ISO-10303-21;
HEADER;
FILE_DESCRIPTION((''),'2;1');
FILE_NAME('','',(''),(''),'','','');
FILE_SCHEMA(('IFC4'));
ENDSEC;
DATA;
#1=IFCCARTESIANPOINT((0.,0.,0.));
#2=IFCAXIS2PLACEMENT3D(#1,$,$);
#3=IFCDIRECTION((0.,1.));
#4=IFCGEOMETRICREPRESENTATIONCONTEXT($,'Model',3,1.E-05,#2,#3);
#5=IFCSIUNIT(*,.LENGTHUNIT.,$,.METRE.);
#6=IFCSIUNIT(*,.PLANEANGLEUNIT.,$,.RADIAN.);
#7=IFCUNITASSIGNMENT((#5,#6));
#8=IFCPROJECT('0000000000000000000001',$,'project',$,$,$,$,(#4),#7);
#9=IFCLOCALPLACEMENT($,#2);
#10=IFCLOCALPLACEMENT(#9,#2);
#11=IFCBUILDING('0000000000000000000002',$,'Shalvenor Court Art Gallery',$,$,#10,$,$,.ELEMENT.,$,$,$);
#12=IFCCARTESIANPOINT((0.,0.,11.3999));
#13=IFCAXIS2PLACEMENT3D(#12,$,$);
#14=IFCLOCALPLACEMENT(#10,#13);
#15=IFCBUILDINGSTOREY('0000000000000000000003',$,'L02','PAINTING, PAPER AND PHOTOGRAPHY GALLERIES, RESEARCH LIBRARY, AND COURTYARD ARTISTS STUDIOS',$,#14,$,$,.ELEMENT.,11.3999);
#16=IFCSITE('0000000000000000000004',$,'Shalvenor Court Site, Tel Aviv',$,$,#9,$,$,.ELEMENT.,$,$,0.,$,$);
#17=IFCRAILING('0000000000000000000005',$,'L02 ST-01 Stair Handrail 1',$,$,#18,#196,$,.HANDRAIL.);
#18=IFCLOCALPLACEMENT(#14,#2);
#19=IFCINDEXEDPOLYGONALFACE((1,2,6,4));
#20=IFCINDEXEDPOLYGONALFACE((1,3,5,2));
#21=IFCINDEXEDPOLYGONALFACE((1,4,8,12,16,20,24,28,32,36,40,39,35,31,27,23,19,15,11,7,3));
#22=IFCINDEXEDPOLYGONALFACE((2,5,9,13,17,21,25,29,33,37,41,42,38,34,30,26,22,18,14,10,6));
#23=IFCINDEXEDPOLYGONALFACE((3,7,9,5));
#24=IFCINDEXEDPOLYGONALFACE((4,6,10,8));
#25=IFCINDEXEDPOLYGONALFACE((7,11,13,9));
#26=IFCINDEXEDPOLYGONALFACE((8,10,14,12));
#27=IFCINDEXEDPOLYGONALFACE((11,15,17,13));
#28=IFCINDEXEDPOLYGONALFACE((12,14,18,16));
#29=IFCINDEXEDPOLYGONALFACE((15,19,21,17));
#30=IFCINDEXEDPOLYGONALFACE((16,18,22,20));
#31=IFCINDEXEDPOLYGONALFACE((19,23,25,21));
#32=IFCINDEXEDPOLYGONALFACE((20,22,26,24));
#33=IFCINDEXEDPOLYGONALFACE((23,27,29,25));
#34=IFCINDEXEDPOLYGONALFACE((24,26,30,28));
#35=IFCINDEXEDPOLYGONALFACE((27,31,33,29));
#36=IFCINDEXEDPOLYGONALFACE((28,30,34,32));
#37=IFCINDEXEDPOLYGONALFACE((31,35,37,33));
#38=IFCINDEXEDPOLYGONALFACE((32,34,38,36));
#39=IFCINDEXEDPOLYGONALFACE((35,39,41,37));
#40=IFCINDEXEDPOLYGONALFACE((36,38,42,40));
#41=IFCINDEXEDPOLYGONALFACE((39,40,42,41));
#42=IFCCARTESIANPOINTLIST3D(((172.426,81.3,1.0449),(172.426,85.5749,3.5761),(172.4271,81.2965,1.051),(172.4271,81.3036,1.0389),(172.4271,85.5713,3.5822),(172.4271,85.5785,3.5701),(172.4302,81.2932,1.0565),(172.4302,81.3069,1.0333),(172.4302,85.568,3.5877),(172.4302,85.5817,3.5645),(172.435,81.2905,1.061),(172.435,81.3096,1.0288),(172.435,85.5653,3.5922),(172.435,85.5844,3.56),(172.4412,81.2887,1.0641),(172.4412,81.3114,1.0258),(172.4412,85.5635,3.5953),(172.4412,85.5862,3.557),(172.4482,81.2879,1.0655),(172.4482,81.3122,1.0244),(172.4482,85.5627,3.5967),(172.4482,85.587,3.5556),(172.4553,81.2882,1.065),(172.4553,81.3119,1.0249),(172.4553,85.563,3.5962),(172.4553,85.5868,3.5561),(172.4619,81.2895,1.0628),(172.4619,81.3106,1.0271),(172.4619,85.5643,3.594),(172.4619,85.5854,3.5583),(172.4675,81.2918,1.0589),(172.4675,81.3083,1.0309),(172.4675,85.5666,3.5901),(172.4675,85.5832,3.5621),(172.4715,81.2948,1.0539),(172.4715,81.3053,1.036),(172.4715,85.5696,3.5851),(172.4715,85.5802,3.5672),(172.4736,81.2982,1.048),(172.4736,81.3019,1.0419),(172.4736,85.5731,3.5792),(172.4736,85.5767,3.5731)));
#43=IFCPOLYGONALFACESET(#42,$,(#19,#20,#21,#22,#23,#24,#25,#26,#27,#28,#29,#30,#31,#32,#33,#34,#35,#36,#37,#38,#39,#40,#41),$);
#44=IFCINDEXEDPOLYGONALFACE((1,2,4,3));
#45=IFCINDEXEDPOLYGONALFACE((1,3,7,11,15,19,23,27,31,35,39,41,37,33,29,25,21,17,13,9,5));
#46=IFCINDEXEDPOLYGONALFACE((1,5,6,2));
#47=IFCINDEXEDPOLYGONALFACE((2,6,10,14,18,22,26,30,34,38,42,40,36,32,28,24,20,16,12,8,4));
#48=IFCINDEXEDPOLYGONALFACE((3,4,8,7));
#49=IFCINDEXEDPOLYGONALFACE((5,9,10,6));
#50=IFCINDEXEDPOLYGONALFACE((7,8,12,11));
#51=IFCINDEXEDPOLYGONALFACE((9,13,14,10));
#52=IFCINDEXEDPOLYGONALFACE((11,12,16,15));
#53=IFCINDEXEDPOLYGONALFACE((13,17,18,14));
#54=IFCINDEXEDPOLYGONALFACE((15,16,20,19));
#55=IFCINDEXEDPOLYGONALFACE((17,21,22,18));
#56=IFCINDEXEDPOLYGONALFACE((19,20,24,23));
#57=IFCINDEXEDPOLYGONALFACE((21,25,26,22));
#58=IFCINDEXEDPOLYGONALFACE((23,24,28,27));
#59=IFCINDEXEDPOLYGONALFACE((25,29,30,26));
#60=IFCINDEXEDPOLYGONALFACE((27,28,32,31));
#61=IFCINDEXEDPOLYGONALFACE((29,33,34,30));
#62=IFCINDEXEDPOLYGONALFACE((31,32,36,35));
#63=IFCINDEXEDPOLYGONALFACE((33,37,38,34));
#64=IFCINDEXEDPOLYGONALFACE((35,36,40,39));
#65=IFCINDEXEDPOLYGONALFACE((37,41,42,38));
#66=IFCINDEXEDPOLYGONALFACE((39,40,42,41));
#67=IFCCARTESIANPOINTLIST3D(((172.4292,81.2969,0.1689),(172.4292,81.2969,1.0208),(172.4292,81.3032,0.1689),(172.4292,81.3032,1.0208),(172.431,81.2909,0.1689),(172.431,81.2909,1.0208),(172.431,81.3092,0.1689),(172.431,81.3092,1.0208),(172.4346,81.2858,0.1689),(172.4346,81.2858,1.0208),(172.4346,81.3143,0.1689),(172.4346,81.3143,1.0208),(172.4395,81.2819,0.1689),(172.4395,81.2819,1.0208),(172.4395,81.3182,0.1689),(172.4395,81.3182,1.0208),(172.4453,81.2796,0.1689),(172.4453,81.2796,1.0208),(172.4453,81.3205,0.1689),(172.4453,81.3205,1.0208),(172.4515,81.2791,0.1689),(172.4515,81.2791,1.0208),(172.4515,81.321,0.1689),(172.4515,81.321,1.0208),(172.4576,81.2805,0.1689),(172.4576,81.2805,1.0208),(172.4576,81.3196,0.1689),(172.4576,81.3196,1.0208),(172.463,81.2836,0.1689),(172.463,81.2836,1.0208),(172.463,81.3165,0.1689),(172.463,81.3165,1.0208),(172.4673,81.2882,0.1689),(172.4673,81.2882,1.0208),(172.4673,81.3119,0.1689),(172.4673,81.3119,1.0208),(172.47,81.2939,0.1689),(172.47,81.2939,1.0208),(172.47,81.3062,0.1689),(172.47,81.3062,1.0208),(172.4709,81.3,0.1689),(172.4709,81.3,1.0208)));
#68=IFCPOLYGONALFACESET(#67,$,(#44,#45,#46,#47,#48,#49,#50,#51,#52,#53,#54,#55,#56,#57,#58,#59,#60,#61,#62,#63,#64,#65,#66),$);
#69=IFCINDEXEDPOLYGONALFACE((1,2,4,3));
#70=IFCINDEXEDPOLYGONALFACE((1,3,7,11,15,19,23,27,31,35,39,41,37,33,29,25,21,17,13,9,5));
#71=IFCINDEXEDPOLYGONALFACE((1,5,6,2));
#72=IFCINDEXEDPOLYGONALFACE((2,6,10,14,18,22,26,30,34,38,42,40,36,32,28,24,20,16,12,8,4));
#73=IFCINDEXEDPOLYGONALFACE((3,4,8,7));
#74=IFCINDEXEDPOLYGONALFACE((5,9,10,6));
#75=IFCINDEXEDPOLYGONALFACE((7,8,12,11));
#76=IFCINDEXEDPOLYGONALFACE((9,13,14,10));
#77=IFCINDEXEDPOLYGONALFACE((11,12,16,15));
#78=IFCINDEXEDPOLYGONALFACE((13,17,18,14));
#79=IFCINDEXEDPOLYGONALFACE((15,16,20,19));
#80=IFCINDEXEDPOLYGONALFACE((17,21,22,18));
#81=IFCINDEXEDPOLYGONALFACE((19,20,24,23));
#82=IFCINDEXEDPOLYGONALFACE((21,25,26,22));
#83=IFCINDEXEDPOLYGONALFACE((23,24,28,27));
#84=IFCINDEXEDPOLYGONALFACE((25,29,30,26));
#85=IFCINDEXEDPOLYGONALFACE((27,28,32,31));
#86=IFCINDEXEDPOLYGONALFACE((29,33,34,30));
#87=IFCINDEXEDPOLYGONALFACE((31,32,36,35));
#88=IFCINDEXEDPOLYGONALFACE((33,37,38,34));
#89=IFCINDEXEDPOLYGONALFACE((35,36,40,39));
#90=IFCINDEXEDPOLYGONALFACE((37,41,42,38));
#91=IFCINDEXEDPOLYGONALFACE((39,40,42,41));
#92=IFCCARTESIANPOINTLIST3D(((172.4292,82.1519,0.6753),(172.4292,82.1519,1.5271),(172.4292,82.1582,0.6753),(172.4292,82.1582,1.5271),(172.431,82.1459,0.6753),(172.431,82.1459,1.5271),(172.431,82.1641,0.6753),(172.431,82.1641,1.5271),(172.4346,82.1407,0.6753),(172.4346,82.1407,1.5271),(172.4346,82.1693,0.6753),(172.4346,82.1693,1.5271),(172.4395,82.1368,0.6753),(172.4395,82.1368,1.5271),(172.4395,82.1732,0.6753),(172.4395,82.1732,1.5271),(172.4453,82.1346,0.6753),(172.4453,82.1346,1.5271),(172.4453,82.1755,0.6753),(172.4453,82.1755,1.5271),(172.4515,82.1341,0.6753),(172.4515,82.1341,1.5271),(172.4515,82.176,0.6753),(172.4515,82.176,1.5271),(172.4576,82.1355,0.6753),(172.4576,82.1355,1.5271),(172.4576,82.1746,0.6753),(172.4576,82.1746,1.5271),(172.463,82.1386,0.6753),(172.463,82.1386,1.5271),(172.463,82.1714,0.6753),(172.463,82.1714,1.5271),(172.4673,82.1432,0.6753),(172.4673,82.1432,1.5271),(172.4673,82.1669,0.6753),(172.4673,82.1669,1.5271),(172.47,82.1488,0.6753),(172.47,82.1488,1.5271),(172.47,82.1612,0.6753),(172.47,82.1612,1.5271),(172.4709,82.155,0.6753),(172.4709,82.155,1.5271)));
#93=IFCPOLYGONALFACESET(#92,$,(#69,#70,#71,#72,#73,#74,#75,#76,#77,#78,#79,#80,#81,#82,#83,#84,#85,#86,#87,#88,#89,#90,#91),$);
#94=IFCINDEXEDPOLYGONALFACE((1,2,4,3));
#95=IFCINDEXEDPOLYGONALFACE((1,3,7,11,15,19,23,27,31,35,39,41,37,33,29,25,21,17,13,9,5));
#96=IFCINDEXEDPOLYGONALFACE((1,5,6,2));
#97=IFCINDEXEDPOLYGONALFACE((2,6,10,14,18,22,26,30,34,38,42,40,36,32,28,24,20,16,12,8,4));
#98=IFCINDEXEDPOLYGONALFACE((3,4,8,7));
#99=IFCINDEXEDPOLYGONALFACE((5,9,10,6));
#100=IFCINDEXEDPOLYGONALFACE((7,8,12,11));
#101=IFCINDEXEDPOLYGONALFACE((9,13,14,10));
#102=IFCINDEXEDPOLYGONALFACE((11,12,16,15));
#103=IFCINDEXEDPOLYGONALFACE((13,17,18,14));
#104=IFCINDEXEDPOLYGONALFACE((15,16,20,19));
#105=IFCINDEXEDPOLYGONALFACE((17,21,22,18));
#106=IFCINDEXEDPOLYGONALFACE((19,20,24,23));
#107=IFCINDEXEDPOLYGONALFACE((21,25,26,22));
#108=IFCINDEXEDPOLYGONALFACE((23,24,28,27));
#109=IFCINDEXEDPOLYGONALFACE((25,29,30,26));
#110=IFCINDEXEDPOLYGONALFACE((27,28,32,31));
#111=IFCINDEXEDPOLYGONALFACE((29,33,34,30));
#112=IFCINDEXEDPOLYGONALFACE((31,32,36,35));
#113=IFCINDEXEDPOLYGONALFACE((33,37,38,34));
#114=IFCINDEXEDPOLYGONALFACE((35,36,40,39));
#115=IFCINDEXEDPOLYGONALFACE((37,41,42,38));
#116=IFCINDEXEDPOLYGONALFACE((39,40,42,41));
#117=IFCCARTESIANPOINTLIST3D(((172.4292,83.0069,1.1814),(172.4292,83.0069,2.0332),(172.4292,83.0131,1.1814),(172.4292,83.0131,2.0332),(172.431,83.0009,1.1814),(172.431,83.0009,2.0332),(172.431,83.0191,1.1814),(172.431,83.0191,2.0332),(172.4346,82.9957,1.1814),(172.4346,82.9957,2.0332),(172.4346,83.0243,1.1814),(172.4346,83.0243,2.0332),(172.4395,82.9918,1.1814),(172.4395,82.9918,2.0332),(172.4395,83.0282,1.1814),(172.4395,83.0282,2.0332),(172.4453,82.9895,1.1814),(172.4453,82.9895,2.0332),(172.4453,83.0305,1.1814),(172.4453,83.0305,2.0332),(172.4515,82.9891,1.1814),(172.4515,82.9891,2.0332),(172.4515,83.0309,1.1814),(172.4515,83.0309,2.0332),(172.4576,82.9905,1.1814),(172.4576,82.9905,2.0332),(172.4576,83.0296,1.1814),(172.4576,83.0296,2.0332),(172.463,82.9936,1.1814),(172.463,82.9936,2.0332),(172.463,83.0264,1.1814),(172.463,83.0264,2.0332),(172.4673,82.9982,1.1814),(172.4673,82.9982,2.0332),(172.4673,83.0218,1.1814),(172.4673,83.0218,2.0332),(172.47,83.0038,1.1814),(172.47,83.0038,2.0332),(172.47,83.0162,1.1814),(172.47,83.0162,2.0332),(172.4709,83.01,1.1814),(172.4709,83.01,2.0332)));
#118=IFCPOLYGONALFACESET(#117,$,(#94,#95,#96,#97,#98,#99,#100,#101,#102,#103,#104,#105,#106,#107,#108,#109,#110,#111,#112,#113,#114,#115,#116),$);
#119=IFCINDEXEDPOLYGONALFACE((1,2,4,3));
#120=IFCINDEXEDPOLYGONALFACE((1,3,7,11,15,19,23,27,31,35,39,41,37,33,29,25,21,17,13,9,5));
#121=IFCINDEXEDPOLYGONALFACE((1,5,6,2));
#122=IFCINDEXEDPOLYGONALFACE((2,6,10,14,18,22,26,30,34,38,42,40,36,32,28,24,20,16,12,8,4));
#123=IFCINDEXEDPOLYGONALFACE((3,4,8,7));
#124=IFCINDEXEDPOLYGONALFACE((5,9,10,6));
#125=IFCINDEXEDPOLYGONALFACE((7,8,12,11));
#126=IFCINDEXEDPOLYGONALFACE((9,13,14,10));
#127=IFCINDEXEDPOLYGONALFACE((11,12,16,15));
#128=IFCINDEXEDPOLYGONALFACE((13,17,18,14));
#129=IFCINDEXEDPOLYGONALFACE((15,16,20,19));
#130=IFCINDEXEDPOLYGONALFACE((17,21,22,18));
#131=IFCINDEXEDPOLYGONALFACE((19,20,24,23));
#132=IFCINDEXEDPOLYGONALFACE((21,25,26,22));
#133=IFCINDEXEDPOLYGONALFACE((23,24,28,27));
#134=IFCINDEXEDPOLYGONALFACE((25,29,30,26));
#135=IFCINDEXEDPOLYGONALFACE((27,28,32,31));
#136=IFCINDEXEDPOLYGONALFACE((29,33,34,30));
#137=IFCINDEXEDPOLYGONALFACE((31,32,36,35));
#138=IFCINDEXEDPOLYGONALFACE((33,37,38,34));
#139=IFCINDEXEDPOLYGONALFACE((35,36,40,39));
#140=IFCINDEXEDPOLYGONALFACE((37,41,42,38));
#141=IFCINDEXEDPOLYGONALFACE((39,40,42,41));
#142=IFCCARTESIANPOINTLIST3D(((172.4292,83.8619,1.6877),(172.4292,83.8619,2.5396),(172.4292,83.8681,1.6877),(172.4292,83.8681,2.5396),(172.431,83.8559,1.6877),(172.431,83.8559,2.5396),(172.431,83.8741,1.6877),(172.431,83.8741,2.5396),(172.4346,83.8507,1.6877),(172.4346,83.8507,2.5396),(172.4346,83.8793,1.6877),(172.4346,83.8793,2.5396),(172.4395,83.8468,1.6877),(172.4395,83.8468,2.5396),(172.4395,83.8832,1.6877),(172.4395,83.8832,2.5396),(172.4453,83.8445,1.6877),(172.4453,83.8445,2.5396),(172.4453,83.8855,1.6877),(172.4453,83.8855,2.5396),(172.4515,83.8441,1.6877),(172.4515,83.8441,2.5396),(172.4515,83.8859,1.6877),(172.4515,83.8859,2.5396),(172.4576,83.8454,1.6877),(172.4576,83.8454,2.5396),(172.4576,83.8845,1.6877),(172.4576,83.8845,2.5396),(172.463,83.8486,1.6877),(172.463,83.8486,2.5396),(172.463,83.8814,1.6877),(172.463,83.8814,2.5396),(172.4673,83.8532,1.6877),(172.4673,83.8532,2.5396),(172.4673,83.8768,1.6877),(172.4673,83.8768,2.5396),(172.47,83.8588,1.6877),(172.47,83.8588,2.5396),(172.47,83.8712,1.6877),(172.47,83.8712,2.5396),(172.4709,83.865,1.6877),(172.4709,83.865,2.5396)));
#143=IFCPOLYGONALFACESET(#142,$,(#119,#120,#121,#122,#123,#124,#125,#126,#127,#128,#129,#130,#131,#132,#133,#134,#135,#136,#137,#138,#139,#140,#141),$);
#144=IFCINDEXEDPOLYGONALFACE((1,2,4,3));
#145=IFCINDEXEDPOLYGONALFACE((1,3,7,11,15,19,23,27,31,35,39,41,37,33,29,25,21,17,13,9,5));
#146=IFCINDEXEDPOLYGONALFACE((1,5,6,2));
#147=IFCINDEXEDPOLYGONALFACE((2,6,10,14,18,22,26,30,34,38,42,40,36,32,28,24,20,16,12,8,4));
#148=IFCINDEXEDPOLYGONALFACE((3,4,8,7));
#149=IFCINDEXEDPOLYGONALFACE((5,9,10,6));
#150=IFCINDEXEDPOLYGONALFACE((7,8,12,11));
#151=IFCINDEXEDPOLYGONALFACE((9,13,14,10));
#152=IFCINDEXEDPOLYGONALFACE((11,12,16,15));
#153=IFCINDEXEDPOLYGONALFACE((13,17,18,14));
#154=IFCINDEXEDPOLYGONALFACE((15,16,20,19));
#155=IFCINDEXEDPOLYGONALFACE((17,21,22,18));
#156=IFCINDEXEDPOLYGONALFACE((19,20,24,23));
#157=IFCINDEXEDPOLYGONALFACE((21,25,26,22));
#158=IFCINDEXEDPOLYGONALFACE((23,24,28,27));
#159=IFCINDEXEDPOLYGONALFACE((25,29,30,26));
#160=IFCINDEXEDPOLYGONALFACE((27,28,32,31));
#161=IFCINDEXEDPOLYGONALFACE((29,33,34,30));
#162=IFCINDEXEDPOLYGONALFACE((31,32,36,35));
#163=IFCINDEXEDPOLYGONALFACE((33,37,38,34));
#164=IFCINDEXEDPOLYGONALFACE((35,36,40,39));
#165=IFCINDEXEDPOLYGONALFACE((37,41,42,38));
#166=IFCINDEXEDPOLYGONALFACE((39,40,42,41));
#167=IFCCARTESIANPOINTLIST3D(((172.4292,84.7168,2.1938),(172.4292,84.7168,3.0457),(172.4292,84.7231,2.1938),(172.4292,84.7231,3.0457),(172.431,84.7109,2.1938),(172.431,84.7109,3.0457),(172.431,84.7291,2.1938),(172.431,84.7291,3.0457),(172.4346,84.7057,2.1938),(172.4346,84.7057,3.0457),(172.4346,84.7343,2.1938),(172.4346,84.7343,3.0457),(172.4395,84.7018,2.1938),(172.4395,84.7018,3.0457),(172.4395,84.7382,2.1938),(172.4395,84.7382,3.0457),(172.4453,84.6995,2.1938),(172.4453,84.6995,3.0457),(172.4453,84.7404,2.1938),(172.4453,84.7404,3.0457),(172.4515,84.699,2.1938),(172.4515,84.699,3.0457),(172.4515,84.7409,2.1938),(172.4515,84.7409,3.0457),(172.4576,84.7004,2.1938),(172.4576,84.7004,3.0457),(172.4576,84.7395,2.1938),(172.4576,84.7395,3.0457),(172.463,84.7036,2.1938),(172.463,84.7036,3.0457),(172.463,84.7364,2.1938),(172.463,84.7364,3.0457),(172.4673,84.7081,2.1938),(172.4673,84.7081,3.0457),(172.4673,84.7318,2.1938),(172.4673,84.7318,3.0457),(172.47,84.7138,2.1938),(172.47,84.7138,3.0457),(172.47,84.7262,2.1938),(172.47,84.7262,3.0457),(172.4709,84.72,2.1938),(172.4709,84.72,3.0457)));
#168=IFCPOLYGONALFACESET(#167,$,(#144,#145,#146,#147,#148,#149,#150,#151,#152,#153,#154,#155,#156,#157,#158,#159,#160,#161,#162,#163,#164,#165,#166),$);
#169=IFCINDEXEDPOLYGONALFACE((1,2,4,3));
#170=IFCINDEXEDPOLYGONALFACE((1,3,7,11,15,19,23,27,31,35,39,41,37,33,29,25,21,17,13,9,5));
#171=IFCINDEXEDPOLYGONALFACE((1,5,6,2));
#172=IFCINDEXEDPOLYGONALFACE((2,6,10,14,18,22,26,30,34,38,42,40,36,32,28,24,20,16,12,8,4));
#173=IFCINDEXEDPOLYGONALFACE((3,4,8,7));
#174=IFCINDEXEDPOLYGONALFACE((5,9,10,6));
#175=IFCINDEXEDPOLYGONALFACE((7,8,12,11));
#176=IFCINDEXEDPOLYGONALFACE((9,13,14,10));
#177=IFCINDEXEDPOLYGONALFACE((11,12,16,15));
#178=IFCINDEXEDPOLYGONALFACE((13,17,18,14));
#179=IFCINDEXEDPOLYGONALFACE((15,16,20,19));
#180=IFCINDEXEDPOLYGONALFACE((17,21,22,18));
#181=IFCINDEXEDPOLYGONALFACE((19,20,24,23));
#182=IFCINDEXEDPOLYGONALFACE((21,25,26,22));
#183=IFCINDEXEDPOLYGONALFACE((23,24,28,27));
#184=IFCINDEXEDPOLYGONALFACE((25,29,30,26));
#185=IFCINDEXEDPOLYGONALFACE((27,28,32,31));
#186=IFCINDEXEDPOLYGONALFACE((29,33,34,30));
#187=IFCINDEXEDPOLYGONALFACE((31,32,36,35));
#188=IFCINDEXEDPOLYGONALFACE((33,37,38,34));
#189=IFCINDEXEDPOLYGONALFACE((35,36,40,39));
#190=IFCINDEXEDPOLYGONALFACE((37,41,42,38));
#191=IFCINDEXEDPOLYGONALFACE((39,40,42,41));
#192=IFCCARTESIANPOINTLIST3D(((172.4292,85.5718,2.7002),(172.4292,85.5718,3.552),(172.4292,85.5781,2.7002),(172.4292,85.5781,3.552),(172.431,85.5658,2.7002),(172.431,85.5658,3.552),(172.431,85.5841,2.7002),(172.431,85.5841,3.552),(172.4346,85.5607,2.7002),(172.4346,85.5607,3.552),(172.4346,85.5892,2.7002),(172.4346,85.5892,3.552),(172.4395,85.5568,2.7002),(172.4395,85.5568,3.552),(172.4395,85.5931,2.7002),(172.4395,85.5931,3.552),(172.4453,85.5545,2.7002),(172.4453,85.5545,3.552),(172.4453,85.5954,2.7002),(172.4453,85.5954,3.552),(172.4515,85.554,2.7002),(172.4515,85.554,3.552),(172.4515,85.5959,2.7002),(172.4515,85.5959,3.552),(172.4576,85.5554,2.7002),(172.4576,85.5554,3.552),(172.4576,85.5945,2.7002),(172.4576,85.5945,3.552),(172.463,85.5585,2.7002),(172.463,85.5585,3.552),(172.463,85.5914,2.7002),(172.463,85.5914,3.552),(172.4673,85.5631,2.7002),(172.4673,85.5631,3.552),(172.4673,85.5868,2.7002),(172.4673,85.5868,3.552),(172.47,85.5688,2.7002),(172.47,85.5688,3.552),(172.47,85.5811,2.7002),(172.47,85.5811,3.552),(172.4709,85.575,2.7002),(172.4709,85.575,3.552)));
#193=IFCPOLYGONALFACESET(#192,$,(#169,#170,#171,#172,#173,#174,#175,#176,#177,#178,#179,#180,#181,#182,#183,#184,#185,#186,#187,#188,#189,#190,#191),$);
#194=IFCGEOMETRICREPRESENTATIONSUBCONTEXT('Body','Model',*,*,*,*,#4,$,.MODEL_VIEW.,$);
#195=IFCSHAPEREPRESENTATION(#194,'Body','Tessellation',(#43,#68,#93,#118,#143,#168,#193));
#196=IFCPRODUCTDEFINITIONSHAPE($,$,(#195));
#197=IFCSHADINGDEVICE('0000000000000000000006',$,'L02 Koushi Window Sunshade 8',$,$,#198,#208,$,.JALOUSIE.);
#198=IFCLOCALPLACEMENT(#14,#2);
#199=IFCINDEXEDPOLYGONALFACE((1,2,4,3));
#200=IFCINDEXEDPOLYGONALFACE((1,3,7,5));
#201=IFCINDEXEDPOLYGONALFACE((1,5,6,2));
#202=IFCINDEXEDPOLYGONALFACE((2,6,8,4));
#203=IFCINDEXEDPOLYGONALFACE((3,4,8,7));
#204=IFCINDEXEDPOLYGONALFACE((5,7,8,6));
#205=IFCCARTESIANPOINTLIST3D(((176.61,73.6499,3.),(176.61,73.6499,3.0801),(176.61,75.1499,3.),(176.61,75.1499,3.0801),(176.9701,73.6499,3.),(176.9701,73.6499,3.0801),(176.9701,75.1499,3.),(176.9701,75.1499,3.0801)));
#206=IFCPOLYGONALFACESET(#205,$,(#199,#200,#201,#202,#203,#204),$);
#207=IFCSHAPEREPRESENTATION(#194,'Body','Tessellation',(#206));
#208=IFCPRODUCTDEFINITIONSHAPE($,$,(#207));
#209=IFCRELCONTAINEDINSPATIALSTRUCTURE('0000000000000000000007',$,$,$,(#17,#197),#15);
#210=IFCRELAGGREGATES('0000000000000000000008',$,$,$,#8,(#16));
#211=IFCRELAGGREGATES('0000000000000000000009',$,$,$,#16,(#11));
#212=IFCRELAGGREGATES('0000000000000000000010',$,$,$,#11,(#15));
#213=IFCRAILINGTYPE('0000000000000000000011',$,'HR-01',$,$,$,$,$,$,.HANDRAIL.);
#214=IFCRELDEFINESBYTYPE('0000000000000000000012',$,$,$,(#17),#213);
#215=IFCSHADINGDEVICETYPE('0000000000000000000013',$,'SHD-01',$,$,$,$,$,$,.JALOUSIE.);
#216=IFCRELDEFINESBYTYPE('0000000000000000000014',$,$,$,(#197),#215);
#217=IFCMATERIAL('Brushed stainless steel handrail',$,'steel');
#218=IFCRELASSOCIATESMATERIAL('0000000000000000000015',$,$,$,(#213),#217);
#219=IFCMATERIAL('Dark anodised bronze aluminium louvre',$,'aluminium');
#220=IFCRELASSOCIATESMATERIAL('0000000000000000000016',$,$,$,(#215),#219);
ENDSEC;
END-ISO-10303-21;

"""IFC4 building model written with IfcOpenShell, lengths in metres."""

from ifc_helpers import new_model, si_unit, direction, frame, origin, origin_2d, place, context, subcontext, project, spatial, rectangle, circle, extrude, material, type_object, element, save


model = new_model("IFC4")

# Units and contexts
model_context = context("Model", 3, precision=1e-05, world=origin(), true_north=direction((0.0, 1.0)))
body_context = subcontext(model_context, "Body", "Model", "MODEL_VIEW")
ifc_project = project(units=[si_unit("LENGTHUNIT", "METRE"), si_unit("PLANEANGLEUNIT", "RADIAN")], contexts=[model_context])

# Site, building, storey
site_placement = place(None, origin())
site = spatial("IfcSite", under=ifc_project, at=site_placement, Name="Shalvenor Court Site, Tel Aviv", CompositionType="ELEMENT", RefElevation=0.0)
building_placement = place(site_placement, origin())
building = spatial("IfcBuilding", under=site, at=building_placement, Name="Shalvenor Court Art Gallery", CompositionType="ELEMENT")
storey_placement = place(building_placement, frame((0.0, 0.0, 11.3999)))
storey = spatial("IfcBuildingStorey", under=building, at=storey_placement, Name="L02", Description="PAINTING, PAPER AND PHOTOGRAPHY GALLERIES, RESEARCH LIBRARY, AND COURTYARD ARTISTS STUDIOS", CompositionType="ELEMENT", Elevation=11.3999)

# Railing
ifc_material_1 = material(Name="Brushed stainless steel handrail", Category="steel")
railing_type = type_object("IfcRailingType", Name="HR-01", PredefinedType="HANDRAIL", material=ifc_material_1)
railing_placement = place(storey_placement, frame((172.45, 81.3, 0.1689)))
element("IfcRailing", 1, at=railing_placement, inside=storey, type_object=railing_type, Name="L02 ST-01 Stair Handrail 1", PredefinedType="HANDRAIL", context=body_context, shape_type="SweptSolid", body=[
    extrude(circle(Radius=0.0239, at=origin_2d()), frame((0.0, 0.0, 0.876), z_axis=(0.0, 0.86047, 0.509501), x_axis=(-1.0, 0.0, 0.0)), (0.0, 0.0, 1.0), 4.968),
    extrude(circle(Radius=0.021, at=origin_2d()), origin(), (0.0, 0.0, 1.0), 0.8518),
    extrude(circle(Radius=0.021, at=origin_2d()), frame((0.0, 0.855, 0.5063)), (0.0, 0.0, 1.0), 0.8518),
    extrude(circle(Radius=0.021, at=origin_2d()), frame((0.0, 1.71, 1.0125)), (0.0, 0.0, 1.0), 0.8518),
    extrude(circle(Radius=0.021, at=origin_2d()), frame((0.0, 2.5649, 1.5188)), (0.0, 0.0, 1.0), 0.8518),
    extrude(circle(Radius=0.021, at=origin_2d()), frame((0.0, 3.4199, 2.0249)), (0.0, 0.0, 1.0), 0.8518),
    extrude(circle(Radius=0.021, at=origin_2d()), frame((0.0, 4.2749, 2.5312)), (0.0, 0.0, 1.0), 0.8518),
])

# Shading device
ifc_material_2 = material(Name="Dark anodised bronze aluminium louvre", Category="aluminium")
shading_device_type = type_object("IfcShadingDeviceType", Name="SHD-01", PredefinedType="JALOUSIE", material=ifc_material_2)
shading_device_placement = place(storey_placement, frame((176.79, 74.3999, 3.0), z_axis=(0.0, 0.0, 1.0), x_axis=(0.0, -1.0, 0.0)))
element("IfcShadingDevice", 2, at=shading_device_placement, inside=storey, type_object=shading_device_type, Name="L02 Koushi Window Sunshade 8", PredefinedType="JALOUSIE", context=body_context, shape_type="SweptSolid", body=[
    extrude(rectangle(XDim=1.5, YDim=0.3601, at=origin_2d()), origin(), (0.0, 0.0, 1.0), 0.0801),
])

save(model, "model.ifc")
